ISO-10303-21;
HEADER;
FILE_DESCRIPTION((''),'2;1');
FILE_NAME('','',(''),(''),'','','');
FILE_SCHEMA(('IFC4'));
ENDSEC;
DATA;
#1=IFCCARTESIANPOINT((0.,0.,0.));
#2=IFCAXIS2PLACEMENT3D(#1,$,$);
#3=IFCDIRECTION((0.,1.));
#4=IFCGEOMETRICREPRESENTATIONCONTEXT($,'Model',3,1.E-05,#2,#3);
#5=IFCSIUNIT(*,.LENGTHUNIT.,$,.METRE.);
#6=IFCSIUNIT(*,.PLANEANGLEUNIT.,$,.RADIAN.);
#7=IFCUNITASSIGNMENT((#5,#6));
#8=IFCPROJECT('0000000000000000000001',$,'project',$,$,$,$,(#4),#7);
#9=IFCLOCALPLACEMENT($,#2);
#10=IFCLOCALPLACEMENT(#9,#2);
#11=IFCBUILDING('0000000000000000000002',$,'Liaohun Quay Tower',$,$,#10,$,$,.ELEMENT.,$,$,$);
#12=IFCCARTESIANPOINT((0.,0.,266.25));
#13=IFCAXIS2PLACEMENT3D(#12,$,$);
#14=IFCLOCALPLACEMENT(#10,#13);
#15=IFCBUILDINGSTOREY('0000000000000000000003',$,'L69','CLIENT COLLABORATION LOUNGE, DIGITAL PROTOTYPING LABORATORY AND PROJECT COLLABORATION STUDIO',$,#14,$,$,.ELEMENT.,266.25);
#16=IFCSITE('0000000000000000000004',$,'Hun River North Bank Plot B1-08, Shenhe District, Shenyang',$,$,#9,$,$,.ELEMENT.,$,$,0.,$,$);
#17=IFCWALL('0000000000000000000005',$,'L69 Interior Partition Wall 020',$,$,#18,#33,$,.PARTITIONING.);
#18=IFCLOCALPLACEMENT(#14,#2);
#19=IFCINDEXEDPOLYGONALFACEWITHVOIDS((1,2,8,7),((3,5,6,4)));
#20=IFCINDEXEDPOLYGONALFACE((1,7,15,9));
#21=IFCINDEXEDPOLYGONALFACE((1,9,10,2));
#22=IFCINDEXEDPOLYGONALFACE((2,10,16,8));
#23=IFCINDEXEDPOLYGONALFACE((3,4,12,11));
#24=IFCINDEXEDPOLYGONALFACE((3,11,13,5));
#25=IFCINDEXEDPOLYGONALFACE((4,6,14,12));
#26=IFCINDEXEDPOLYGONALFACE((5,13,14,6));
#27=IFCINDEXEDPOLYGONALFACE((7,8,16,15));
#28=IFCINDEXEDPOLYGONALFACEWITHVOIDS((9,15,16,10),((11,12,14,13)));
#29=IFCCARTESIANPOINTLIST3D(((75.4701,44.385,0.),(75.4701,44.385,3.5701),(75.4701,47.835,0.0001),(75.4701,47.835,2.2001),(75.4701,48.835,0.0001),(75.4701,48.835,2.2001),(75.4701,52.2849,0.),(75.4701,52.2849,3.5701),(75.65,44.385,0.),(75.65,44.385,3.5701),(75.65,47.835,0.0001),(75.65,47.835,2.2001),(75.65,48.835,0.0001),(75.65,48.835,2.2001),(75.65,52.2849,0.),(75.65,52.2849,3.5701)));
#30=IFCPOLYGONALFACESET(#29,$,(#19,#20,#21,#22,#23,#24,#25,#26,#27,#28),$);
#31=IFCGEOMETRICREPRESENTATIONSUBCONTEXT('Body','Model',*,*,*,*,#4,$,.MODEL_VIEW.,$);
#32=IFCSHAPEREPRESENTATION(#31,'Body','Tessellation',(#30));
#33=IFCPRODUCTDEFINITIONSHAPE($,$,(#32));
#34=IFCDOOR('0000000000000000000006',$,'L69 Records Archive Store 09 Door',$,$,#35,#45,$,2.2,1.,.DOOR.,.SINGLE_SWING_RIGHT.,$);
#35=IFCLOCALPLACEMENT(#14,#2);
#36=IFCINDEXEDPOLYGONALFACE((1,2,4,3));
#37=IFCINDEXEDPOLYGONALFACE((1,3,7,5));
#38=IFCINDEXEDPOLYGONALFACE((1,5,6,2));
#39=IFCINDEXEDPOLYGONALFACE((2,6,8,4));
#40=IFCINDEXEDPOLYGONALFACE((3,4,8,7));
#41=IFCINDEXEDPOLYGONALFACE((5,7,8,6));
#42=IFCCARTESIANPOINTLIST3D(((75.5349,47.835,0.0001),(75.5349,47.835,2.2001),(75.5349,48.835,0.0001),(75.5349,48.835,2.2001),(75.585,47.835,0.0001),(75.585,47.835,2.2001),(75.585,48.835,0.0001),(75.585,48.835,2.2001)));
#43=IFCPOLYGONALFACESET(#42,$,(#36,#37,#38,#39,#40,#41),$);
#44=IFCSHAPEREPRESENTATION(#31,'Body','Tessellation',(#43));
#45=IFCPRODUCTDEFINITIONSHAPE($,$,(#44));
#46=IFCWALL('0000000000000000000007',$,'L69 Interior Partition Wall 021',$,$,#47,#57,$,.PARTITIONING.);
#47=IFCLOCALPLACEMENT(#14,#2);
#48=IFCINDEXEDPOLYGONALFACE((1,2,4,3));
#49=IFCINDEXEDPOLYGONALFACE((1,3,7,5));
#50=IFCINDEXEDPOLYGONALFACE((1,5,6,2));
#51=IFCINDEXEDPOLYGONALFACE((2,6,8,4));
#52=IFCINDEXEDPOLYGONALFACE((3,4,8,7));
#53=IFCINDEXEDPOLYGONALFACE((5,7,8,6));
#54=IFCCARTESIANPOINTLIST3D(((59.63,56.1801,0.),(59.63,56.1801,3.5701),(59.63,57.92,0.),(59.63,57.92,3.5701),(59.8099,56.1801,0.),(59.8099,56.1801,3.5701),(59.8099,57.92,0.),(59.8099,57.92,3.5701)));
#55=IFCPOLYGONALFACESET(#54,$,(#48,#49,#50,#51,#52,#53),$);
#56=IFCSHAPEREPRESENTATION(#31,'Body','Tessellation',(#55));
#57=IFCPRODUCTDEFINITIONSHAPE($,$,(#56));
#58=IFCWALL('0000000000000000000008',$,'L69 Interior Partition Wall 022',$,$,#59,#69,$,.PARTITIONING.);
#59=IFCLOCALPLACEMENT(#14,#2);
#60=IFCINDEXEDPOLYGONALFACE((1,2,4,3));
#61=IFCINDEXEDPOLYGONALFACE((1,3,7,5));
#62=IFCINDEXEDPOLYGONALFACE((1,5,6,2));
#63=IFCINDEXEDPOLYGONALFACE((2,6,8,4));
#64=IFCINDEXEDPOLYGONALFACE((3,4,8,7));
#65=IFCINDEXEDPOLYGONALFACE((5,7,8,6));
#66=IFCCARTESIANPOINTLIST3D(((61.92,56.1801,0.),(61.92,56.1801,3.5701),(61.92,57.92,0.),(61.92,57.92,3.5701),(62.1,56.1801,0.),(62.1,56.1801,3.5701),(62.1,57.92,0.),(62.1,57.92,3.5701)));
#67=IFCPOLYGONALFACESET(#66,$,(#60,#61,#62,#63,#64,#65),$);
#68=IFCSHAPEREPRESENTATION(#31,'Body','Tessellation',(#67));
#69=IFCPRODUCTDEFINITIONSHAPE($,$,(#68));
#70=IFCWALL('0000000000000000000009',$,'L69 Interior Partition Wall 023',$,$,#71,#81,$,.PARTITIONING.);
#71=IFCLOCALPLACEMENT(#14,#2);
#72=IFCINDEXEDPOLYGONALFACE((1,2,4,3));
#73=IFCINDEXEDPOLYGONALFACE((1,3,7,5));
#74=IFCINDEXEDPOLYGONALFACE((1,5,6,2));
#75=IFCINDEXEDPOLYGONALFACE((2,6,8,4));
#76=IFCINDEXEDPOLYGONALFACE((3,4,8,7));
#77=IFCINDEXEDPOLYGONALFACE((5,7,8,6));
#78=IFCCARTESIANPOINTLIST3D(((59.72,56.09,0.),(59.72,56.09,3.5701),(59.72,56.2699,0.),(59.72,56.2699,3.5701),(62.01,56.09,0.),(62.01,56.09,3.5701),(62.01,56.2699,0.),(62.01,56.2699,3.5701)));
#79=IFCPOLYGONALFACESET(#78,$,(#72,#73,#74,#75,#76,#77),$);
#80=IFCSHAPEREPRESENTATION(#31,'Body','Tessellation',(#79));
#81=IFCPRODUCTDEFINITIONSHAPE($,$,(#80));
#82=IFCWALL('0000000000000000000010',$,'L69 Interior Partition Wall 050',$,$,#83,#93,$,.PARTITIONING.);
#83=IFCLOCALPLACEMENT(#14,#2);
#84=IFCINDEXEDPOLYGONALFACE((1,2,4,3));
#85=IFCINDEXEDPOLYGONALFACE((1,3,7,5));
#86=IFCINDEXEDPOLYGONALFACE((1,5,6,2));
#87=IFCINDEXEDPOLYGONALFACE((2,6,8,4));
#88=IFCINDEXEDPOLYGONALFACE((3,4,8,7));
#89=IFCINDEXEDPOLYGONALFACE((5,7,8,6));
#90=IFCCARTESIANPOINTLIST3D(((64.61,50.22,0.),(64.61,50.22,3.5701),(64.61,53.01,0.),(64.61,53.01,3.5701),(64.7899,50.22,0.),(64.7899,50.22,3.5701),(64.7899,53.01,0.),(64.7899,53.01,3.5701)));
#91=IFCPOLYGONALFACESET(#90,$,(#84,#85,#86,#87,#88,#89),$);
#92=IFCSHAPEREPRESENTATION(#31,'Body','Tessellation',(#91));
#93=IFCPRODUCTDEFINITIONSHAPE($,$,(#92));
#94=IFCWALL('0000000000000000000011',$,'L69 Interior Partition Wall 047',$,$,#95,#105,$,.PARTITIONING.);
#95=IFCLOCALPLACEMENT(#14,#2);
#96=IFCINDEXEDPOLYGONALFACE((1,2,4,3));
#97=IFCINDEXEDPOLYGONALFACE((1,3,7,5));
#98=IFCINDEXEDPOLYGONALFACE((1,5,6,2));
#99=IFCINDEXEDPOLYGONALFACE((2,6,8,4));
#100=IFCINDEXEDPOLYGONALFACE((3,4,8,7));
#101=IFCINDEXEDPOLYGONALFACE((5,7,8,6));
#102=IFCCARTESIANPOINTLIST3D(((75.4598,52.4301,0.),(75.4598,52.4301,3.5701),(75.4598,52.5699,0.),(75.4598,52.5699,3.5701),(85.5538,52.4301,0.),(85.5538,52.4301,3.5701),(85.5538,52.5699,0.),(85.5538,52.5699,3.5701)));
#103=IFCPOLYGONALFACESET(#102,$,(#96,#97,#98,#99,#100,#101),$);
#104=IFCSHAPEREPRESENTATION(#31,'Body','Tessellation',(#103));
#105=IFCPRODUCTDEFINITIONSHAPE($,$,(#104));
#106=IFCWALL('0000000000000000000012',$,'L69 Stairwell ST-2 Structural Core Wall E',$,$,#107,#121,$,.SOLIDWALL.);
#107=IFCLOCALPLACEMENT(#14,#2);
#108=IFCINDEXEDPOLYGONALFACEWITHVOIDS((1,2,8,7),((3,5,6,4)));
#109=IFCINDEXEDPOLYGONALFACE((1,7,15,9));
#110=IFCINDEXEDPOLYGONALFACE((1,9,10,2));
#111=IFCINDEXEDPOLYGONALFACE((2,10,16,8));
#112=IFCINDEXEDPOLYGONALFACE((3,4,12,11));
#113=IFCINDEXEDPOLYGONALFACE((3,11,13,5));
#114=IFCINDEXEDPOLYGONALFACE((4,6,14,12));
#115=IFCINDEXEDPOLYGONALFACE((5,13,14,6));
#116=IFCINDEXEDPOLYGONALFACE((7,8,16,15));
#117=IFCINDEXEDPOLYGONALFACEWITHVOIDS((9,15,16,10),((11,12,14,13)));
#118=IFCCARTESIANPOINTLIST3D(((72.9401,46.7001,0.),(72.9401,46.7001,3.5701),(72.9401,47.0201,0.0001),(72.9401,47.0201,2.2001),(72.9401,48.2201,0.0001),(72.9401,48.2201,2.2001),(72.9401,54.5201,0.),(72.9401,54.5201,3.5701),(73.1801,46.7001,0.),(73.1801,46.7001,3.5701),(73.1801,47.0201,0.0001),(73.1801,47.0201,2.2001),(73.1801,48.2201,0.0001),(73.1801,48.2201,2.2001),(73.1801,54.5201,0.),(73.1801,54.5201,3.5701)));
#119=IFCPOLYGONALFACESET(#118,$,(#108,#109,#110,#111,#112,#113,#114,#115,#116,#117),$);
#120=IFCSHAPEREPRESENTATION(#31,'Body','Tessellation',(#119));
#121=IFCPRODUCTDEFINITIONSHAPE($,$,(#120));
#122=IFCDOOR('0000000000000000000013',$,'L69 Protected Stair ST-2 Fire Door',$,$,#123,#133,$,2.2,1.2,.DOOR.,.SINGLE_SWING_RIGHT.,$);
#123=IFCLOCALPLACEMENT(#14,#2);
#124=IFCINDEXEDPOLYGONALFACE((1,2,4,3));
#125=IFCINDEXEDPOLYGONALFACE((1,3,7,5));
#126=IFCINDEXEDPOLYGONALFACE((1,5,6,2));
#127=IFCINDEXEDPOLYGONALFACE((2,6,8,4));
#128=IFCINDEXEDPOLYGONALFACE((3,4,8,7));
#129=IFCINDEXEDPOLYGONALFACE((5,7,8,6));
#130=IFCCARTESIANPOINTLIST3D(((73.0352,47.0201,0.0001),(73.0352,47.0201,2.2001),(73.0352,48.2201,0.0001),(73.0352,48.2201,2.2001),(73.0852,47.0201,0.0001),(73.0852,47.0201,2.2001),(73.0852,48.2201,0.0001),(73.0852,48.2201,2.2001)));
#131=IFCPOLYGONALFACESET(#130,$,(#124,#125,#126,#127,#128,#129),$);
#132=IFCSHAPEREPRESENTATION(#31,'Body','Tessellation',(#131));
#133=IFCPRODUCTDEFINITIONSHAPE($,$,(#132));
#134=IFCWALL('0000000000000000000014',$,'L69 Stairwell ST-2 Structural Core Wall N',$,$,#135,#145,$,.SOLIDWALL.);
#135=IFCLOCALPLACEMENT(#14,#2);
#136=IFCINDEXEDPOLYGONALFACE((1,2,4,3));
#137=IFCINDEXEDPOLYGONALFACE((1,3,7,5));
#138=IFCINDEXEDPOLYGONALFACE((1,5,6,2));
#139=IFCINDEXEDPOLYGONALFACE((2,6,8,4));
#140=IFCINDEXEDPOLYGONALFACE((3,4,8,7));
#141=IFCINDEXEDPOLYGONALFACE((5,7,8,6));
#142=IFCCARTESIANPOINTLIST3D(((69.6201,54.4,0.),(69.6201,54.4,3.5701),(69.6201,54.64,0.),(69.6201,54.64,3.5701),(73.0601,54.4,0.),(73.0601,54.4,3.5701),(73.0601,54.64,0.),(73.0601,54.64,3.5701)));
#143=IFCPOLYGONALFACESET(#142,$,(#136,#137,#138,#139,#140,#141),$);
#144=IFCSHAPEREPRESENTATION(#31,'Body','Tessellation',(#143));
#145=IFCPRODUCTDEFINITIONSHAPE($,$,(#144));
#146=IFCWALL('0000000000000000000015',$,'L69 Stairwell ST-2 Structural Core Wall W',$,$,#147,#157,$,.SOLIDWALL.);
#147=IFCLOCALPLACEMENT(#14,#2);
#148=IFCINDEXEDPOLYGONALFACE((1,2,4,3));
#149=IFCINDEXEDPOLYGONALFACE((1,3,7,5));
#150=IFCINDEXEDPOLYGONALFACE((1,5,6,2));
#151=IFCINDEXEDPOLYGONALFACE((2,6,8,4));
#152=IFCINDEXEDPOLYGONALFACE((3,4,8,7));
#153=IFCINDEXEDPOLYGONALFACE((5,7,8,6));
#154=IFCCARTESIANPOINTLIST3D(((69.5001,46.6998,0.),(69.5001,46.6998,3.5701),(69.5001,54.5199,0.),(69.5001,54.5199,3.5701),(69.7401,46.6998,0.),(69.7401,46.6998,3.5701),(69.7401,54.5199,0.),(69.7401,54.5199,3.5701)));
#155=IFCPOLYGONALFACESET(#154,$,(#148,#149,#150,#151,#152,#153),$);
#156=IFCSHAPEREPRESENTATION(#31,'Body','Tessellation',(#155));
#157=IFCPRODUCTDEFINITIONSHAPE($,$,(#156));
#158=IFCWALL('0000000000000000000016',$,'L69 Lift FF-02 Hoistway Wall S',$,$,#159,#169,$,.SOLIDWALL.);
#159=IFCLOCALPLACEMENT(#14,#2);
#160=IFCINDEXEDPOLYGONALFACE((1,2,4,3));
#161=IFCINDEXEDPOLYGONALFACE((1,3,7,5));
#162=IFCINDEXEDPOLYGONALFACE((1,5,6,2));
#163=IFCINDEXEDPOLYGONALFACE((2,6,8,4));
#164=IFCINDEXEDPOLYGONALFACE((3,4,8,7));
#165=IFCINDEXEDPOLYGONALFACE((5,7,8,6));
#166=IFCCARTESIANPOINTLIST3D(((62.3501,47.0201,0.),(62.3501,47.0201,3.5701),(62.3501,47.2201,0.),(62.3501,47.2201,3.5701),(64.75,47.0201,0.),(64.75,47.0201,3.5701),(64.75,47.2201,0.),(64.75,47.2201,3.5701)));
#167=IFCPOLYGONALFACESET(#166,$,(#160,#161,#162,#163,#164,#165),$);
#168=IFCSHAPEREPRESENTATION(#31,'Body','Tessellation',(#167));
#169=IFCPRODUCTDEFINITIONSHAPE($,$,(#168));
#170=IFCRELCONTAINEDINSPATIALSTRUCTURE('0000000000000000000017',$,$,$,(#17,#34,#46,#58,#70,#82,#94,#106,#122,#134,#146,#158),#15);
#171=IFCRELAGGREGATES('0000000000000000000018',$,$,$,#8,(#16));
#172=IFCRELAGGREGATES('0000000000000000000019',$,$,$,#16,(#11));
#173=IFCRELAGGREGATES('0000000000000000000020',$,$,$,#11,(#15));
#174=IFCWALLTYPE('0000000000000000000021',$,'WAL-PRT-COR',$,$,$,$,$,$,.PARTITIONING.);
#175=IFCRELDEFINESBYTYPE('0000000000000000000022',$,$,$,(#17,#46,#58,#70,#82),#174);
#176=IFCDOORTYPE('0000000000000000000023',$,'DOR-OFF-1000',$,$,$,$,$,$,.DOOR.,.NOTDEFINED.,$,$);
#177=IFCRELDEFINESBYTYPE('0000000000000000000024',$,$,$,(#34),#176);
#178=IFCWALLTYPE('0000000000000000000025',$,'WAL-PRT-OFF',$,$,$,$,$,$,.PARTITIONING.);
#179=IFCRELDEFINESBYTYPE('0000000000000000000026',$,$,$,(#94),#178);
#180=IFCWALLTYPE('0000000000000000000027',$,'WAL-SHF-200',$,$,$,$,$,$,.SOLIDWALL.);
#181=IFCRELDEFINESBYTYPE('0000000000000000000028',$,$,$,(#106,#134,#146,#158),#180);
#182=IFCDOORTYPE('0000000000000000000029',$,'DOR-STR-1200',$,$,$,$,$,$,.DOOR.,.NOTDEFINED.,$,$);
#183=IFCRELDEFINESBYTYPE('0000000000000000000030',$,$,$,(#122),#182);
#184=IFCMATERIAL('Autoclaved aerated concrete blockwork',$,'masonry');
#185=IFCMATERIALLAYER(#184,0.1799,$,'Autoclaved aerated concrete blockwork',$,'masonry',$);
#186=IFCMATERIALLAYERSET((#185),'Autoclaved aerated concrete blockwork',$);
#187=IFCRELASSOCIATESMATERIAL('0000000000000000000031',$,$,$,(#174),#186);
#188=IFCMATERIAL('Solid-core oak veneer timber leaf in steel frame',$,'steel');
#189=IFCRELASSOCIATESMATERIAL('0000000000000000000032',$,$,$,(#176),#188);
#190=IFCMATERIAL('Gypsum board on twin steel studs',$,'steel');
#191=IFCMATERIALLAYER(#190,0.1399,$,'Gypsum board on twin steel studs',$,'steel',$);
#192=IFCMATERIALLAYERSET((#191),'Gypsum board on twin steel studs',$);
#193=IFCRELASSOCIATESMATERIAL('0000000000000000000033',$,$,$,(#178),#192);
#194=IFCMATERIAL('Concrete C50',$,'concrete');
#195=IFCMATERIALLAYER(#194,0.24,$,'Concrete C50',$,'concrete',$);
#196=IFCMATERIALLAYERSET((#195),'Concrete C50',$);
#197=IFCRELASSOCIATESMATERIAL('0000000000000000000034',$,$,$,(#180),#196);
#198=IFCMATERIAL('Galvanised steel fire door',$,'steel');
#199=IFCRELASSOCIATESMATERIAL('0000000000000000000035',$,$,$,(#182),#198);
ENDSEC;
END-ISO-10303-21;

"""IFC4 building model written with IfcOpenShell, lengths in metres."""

from ifc_helpers import new_model, si_unit, direction, frame, frame_2d, origin, place, context, subcontext, project, spatial, rectangle, extrude, source, transform, mapped, material, layer, layer_set, type_object, element, fill, save


model = new_model("IFC4")

# Units and contexts
model_context = context("Model", 3, precision=1e-05, world=origin(), true_north=direction((0.0, 1.0)))
body_context = subcontext(model_context, "Body", "Model", "MODEL_VIEW")
ifc_project = project(units=[si_unit("LENGTHUNIT", "METRE"), si_unit("PLANEANGLEUNIT", "RADIAN")], contexts=[model_context])

# Site, building, storey
site_placement = place(None, origin())
site = spatial("IfcSite", under=ifc_project, at=site_placement, Name="Hun River North Bank Plot B1-08, Shenhe District, Shenyang", CompositionType="ELEMENT", RefElevation=0.0)
building_placement = place(site_placement, origin())
building = spatial("IfcBuilding", under=site, at=building_placement, Name="Liaohun Quay Tower", CompositionType="ELEMENT")
storey_placement = place(building_placement, frame((0.0, 0.0, 266.25)))
storey = spatial("IfcBuildingStorey", under=building, at=storey_placement, Name="L69", Description="CLIENT COLLABORATION LOUNGE, DIGITAL PROTOTYPING LABORATORY AND PROJECT COLLABORATION STUDIO", CompositionType="ELEMENT", Elevation=266.25)

# Wall, opening, door
ifc_material_1 = material(Name="Autoclaved aerated concrete blockwork", Category="masonry")
ifc_layer_1 = layer(ifc_material_1, 0.1799, Name="Autoclaved aerated concrete blockwork", Category="masonry")
ifc_layer_set_1 = layer_set([ifc_layer_1], Name="Autoclaved aerated concrete blockwork")
wall_type_1 = type_object("IfcWallType", Name="WAL-PRT-COR", PredefinedType="PARTITIONING", material=ifc_layer_set_1)
wall_1_placement = place(storey_placement, frame((75.5601, 52.2849, 0.0), z_axis=(0.0, 0.0, 1.0), x_axis=(0.0, -1.0, 0.0)))
wall_1 = element("IfcWall", 1, at=wall_1_placement, inside=storey, type_object=wall_type_1, Name="L69 Interior Partition Wall 020", PredefinedType="PARTITIONING", context=body_context, shape_type="SweptSolid", body=[
    extrude(rectangle(XDim=7.8999, YDim=0.1799, at=frame_2d((3.95, 0.0))), origin(), (0.0, 0.0, 1.0), 3.5701),
])
shared_shape_1 = source(origin(), body_context, "Body", "SweptSolid", [
    extrude(rectangle(XDim=1.0, YDim=2.2, at=frame_2d((0.5, 1.1001))), frame((0.0, 0.0999, 0.0), z_axis=(0.0, -1.0, 0.0), x_axis=(1.0, 0.0, 0.0)), (0.0, 0.0, 1.0), 0.2),
])
opening_1_placement = place(wall_1_placement, frame((3.45, 0.0, 0.0)))
opening_1 = element("IfcOpeningElement", 2, at=opening_1_placement, cuts=wall_1, PredefinedType="OPENING", context=body_context, shape_type="MappedRepresentation", body=[
    mapped(shared_shape_1, transform((0.0, 0.0, 0.0), x_axis=(1.0, 0.0, 0.0), y_axis=(0.0, 1.0, 0.0), z_axis=(0.0, 0.0, 1.0), scale=1.0)),
])
ifc_material_2 = material(Name="Solid-core oak veneer timber leaf in steel frame", Category="steel")
door_type_1 = type_object("IfcDoorType", Name="DOR-OFF-1000", OperationType="NOTDEFINED", PredefinedType="DOOR", material=ifc_material_2)
shared_shape_2 = source(origin(), body_context, "Body", "SweptSolid", [
    extrude(rectangle(XDim=1.0, YDim=2.2, at=frame_2d((0.5, 1.1001))), frame((0.0, 0.0249, 0.0), z_axis=(0.0, -1.0, 0.0), x_axis=(1.0, 0.0, 0.0)), (0.0, 0.0, 1.0), 0.05),
])
door_1_placement = place(opening_1_placement, origin())
door_1 = element("IfcDoor", 3, at=door_1_placement, inside=storey, type_object=door_type_1, Name="L69 Records Archive Store 09 Door", OperationType="SINGLE_SWING_RIGHT", OverallHeight=2.2, OverallWidth=1.0, PredefinedType="DOOR", context=body_context, shape_type="MappedRepresentation", body=[
    mapped(shared_shape_2, transform((0.0, 0.0, 0.0), x_axis=(1.0, 0.0, 0.0), y_axis=(0.0, 1.0, 0.0), z_axis=(0.0, 0.0, 1.0), scale=1.0)),
])
fill(opening_1, door_1)

# Walls
for number, where, z_axis, x_axis, name in (
    (4, (59.72, 56.1799, 0.0), (0.0, 0.0, 1.0), (0.0, 1.0, 0.0), "L69 Interior Partition Wall 021"),
    (5, (62.01, 56.1799, 0.0), (0.0, 0.0, 1.0), (0.0, 1.0, 0.0), "L69 Interior Partition Wall 022"),
):
    element("IfcWall", number, at=place(storey_placement, frame(where, z_axis=z_axis, x_axis=x_axis)), inside=storey, type_object=wall_type_1, Name=name, PredefinedType="PARTITIONING", context=body_context, shape_type="SweptSolid", body=[
        extrude(rectangle(XDim=1.74, YDim=0.1799, at=frame_2d((0.8701, 0.0))), origin(), (0.0, 0.0, 1.0), 3.5701),
    ])
wall_2_placement = place(storey_placement, frame((59.72, 56.1799, 0.0), z_axis=(0.0, 0.0, 1.0), x_axis=(1.0, 0.0, 0.0)))
element("IfcWall", 6, at=wall_2_placement, inside=storey, type_object=wall_type_1, Name="L69 Interior Partition Wall 023", PredefinedType="PARTITIONING", context=body_context, shape_type="SweptSolid", body=[
    extrude(rectangle(XDim=2.29, YDim=0.1799, at=frame_2d((1.145, 0.0))), origin(), (0.0, 0.0, 1.0), 3.5701),
])
wall_3_placement = place(storey_placement, frame((64.7, 50.22, 0.0), z_axis=(0.0, 0.0, 1.0), x_axis=(0.0, 1.0, 0.0)))
element("IfcWall", 7, at=wall_3_placement, inside=storey, type_object=wall_type_1, Name="L69 Interior Partition Wall 050", PredefinedType="PARTITIONING", context=body_context, shape_type="SweptSolid", body=[
    extrude(rectangle(XDim=2.79, YDim=0.1799, at=frame_2d((1.395, 0.0))), origin(), (0.0, 0.0, 1.0), 3.5701),
])
ifc_material_3 = material(Name="Gypsum board on twin steel studs", Category="steel")
ifc_layer_2 = layer(ifc_material_3, 0.1399, Name="Gypsum board on twin steel studs", Category="steel")
ifc_layer_set_2 = layer_set([ifc_layer_2], Name="Gypsum board on twin steel studs")
wall_type_2 = type_object("IfcWallType", Name="WAL-PRT-OFF", PredefinedType="PARTITIONING", material=ifc_layer_set_2)
wall_4_placement = place(storey_placement, frame((75.46, 52.5, 0.0), z_axis=(0.0, 0.0, 1.0), x_axis=(1.0, 0.0, 0.0)))
element("IfcWall", 8, at=wall_4_placement, inside=storey, type_object=wall_type_2, Name="L69 Interior Partition Wall 047", PredefinedType="PARTITIONING", context=body_context, shape_type="SweptSolid", body=[
    extrude(rectangle(XDim=10.094, YDim=0.1399, at=frame_2d((5.0469, 0.0))), origin(), (0.0, 0.0, 1.0), 3.5701),
])

# Wall, opening, door
ifc_material_4 = material(Name="Concrete C50", Category="concrete")
ifc_layer_3 = layer(ifc_material_4, 0.24, Name="Concrete C50", Category="concrete")
ifc_layer_set_3 = layer_set([ifc_layer_3], Name="Concrete C50")
wall_type_3 = type_object("IfcWallType", Name="WAL-SHF-200", PredefinedType="SOLIDWALL", material=ifc_layer_set_3)
wall_5_placement = place(storey_placement, frame((73.0601, 46.7, 0.0), z_axis=(0.0, 0.0, 1.0), x_axis=(0.0, 1.0, 0.0)))
wall_5 = element("IfcWall", 9, at=wall_5_placement, inside=storey, type_object=wall_type_3, Name="L69 Stairwell ST-2 Structural Core Wall E", PredefinedType="SOLIDWALL", context=body_context, shape_type="SweptSolid", body=[
    extrude(rectangle(XDim=7.8201, YDim=0.24, at=frame_2d((3.9102, 0.0))), origin(), (0.0, 0.0, 1.0), 3.5701),
])
shared_shape_3 = source(origin(), body_context, "Body", "SweptSolid", [
    extrude(rectangle(XDim=1.2, YDim=2.2, at=frame_2d((0.6001, 1.1001))), frame((0.0, 0.1299, 0.0), z_axis=(0.0, -1.0, 0.0), x_axis=(1.0, 0.0, 0.0)), (0.0, 0.0, 1.0), 0.26),
])
opening_2_placement = place(wall_5_placement, frame((0.3201, 0.0, 0.0)))
opening_2 = element("IfcOpeningElement", 10, at=opening_2_placement, cuts=wall_5, PredefinedType="OPENING", context=body_context, shape_type="MappedRepresentation", body=[
    mapped(shared_shape_3, transform((0.0, 0.0, 0.0), x_axis=(1.0, 0.0, 0.0), y_axis=(0.0, 1.0, 0.0), z_axis=(0.0, 0.0, 1.0), scale=1.0)),
])
ifc_material_5 = material(Name="Galvanised steel fire door", Category="steel")
door_type_2 = type_object("IfcDoorType", Name="DOR-STR-1200", OperationType="NOTDEFINED", PredefinedType="DOOR", material=ifc_material_5)
shared_shape_4 = source(origin(), body_context, "Body", "SweptSolid", [
    extrude(rectangle(XDim=1.2, YDim=2.2, at=frame_2d((0.6001, 1.1001))), frame((0.0, 0.0249, 0.0), z_axis=(0.0, -1.0, 0.0), x_axis=(1.0, 0.0, 0.0)), (0.0, 0.0, 1.0), 0.05),
])
door_2_placement = place(opening_2_placement, origin())
door_2 = element("IfcDoor", 11, at=door_2_placement, inside=storey, type_object=door_type_2, Name="L69 Protected Stair ST-2 Fire Door", OperationType="SINGLE_SWING_RIGHT", OverallHeight=2.2, OverallWidth=1.2, PredefinedType="DOOR", context=body_context, shape_type="MappedRepresentation", body=[
    mapped(shared_shape_4, transform((0.0, 0.0, 0.0), x_axis=(1.0, 0.0, 0.0), y_axis=(0.0, 1.0, 0.0), z_axis=(0.0, 0.0, 1.0), scale=1.0)),
])
fill(opening_2, door_2)

# Walls
wall_6_placement = place(storey_placement, frame((73.0601, 54.52, 0.0), z_axis=(0.0, 0.0, 1.0), x_axis=(-1.0, 0.0, 0.0)))
element("IfcWall", 12, at=wall_6_placement, inside=storey, type_object=wall_type_3, Name="L69 Stairwell ST-2 Structural Core Wall N", PredefinedType="SOLIDWALL", context=body_context, shape_type="SweptSolid", body=[
    extrude(rectangle(XDim=3.4399, YDim=0.24, at=frame_2d((1.72, 0.0))), origin(), (0.0, 0.0, 1.0), 3.5701),
])
wall_7_placement = place(storey_placement, frame((69.6201, 54.52, 0.0), z_axis=(0.0, 0.0, 1.0), x_axis=(0.0, -1.0, 0.0)))
element("IfcWall", 13, at=wall_7_placement, inside=storey, type_object=wall_type_3, Name="L69 Stairwell ST-2 Structural Core Wall W", PredefinedType="SOLIDWALL", context=body_context, shape_type="SweptSolid", body=[
    extrude(rectangle(XDim=7.8201, YDim=0.24, at=frame_2d((3.9102, 0.0))), origin(), (0.0, 0.0, 1.0), 3.5701),
])
wall_8_placement = place(storey_placement, frame((62.3501, 47.1201, 0.0), z_axis=(0.0, 0.0, 1.0), x_axis=(1.0, 0.0, 0.0)))
element("IfcWall", 14, at=wall_8_placement, inside=storey, type_object=wall_type_3, Name="L69 Lift FF-02 Hoistway Wall S", PredefinedType="SOLIDWALL", context=body_context, shape_type="SweptSolid", body=[
    extrude(rectangle(XDim=2.3999, YDim=0.2, at=frame_2d((1.2, 0.0))), origin(), (0.0, 0.0, 1.0), 3.5701),
])

save(model, "model.ifc")
